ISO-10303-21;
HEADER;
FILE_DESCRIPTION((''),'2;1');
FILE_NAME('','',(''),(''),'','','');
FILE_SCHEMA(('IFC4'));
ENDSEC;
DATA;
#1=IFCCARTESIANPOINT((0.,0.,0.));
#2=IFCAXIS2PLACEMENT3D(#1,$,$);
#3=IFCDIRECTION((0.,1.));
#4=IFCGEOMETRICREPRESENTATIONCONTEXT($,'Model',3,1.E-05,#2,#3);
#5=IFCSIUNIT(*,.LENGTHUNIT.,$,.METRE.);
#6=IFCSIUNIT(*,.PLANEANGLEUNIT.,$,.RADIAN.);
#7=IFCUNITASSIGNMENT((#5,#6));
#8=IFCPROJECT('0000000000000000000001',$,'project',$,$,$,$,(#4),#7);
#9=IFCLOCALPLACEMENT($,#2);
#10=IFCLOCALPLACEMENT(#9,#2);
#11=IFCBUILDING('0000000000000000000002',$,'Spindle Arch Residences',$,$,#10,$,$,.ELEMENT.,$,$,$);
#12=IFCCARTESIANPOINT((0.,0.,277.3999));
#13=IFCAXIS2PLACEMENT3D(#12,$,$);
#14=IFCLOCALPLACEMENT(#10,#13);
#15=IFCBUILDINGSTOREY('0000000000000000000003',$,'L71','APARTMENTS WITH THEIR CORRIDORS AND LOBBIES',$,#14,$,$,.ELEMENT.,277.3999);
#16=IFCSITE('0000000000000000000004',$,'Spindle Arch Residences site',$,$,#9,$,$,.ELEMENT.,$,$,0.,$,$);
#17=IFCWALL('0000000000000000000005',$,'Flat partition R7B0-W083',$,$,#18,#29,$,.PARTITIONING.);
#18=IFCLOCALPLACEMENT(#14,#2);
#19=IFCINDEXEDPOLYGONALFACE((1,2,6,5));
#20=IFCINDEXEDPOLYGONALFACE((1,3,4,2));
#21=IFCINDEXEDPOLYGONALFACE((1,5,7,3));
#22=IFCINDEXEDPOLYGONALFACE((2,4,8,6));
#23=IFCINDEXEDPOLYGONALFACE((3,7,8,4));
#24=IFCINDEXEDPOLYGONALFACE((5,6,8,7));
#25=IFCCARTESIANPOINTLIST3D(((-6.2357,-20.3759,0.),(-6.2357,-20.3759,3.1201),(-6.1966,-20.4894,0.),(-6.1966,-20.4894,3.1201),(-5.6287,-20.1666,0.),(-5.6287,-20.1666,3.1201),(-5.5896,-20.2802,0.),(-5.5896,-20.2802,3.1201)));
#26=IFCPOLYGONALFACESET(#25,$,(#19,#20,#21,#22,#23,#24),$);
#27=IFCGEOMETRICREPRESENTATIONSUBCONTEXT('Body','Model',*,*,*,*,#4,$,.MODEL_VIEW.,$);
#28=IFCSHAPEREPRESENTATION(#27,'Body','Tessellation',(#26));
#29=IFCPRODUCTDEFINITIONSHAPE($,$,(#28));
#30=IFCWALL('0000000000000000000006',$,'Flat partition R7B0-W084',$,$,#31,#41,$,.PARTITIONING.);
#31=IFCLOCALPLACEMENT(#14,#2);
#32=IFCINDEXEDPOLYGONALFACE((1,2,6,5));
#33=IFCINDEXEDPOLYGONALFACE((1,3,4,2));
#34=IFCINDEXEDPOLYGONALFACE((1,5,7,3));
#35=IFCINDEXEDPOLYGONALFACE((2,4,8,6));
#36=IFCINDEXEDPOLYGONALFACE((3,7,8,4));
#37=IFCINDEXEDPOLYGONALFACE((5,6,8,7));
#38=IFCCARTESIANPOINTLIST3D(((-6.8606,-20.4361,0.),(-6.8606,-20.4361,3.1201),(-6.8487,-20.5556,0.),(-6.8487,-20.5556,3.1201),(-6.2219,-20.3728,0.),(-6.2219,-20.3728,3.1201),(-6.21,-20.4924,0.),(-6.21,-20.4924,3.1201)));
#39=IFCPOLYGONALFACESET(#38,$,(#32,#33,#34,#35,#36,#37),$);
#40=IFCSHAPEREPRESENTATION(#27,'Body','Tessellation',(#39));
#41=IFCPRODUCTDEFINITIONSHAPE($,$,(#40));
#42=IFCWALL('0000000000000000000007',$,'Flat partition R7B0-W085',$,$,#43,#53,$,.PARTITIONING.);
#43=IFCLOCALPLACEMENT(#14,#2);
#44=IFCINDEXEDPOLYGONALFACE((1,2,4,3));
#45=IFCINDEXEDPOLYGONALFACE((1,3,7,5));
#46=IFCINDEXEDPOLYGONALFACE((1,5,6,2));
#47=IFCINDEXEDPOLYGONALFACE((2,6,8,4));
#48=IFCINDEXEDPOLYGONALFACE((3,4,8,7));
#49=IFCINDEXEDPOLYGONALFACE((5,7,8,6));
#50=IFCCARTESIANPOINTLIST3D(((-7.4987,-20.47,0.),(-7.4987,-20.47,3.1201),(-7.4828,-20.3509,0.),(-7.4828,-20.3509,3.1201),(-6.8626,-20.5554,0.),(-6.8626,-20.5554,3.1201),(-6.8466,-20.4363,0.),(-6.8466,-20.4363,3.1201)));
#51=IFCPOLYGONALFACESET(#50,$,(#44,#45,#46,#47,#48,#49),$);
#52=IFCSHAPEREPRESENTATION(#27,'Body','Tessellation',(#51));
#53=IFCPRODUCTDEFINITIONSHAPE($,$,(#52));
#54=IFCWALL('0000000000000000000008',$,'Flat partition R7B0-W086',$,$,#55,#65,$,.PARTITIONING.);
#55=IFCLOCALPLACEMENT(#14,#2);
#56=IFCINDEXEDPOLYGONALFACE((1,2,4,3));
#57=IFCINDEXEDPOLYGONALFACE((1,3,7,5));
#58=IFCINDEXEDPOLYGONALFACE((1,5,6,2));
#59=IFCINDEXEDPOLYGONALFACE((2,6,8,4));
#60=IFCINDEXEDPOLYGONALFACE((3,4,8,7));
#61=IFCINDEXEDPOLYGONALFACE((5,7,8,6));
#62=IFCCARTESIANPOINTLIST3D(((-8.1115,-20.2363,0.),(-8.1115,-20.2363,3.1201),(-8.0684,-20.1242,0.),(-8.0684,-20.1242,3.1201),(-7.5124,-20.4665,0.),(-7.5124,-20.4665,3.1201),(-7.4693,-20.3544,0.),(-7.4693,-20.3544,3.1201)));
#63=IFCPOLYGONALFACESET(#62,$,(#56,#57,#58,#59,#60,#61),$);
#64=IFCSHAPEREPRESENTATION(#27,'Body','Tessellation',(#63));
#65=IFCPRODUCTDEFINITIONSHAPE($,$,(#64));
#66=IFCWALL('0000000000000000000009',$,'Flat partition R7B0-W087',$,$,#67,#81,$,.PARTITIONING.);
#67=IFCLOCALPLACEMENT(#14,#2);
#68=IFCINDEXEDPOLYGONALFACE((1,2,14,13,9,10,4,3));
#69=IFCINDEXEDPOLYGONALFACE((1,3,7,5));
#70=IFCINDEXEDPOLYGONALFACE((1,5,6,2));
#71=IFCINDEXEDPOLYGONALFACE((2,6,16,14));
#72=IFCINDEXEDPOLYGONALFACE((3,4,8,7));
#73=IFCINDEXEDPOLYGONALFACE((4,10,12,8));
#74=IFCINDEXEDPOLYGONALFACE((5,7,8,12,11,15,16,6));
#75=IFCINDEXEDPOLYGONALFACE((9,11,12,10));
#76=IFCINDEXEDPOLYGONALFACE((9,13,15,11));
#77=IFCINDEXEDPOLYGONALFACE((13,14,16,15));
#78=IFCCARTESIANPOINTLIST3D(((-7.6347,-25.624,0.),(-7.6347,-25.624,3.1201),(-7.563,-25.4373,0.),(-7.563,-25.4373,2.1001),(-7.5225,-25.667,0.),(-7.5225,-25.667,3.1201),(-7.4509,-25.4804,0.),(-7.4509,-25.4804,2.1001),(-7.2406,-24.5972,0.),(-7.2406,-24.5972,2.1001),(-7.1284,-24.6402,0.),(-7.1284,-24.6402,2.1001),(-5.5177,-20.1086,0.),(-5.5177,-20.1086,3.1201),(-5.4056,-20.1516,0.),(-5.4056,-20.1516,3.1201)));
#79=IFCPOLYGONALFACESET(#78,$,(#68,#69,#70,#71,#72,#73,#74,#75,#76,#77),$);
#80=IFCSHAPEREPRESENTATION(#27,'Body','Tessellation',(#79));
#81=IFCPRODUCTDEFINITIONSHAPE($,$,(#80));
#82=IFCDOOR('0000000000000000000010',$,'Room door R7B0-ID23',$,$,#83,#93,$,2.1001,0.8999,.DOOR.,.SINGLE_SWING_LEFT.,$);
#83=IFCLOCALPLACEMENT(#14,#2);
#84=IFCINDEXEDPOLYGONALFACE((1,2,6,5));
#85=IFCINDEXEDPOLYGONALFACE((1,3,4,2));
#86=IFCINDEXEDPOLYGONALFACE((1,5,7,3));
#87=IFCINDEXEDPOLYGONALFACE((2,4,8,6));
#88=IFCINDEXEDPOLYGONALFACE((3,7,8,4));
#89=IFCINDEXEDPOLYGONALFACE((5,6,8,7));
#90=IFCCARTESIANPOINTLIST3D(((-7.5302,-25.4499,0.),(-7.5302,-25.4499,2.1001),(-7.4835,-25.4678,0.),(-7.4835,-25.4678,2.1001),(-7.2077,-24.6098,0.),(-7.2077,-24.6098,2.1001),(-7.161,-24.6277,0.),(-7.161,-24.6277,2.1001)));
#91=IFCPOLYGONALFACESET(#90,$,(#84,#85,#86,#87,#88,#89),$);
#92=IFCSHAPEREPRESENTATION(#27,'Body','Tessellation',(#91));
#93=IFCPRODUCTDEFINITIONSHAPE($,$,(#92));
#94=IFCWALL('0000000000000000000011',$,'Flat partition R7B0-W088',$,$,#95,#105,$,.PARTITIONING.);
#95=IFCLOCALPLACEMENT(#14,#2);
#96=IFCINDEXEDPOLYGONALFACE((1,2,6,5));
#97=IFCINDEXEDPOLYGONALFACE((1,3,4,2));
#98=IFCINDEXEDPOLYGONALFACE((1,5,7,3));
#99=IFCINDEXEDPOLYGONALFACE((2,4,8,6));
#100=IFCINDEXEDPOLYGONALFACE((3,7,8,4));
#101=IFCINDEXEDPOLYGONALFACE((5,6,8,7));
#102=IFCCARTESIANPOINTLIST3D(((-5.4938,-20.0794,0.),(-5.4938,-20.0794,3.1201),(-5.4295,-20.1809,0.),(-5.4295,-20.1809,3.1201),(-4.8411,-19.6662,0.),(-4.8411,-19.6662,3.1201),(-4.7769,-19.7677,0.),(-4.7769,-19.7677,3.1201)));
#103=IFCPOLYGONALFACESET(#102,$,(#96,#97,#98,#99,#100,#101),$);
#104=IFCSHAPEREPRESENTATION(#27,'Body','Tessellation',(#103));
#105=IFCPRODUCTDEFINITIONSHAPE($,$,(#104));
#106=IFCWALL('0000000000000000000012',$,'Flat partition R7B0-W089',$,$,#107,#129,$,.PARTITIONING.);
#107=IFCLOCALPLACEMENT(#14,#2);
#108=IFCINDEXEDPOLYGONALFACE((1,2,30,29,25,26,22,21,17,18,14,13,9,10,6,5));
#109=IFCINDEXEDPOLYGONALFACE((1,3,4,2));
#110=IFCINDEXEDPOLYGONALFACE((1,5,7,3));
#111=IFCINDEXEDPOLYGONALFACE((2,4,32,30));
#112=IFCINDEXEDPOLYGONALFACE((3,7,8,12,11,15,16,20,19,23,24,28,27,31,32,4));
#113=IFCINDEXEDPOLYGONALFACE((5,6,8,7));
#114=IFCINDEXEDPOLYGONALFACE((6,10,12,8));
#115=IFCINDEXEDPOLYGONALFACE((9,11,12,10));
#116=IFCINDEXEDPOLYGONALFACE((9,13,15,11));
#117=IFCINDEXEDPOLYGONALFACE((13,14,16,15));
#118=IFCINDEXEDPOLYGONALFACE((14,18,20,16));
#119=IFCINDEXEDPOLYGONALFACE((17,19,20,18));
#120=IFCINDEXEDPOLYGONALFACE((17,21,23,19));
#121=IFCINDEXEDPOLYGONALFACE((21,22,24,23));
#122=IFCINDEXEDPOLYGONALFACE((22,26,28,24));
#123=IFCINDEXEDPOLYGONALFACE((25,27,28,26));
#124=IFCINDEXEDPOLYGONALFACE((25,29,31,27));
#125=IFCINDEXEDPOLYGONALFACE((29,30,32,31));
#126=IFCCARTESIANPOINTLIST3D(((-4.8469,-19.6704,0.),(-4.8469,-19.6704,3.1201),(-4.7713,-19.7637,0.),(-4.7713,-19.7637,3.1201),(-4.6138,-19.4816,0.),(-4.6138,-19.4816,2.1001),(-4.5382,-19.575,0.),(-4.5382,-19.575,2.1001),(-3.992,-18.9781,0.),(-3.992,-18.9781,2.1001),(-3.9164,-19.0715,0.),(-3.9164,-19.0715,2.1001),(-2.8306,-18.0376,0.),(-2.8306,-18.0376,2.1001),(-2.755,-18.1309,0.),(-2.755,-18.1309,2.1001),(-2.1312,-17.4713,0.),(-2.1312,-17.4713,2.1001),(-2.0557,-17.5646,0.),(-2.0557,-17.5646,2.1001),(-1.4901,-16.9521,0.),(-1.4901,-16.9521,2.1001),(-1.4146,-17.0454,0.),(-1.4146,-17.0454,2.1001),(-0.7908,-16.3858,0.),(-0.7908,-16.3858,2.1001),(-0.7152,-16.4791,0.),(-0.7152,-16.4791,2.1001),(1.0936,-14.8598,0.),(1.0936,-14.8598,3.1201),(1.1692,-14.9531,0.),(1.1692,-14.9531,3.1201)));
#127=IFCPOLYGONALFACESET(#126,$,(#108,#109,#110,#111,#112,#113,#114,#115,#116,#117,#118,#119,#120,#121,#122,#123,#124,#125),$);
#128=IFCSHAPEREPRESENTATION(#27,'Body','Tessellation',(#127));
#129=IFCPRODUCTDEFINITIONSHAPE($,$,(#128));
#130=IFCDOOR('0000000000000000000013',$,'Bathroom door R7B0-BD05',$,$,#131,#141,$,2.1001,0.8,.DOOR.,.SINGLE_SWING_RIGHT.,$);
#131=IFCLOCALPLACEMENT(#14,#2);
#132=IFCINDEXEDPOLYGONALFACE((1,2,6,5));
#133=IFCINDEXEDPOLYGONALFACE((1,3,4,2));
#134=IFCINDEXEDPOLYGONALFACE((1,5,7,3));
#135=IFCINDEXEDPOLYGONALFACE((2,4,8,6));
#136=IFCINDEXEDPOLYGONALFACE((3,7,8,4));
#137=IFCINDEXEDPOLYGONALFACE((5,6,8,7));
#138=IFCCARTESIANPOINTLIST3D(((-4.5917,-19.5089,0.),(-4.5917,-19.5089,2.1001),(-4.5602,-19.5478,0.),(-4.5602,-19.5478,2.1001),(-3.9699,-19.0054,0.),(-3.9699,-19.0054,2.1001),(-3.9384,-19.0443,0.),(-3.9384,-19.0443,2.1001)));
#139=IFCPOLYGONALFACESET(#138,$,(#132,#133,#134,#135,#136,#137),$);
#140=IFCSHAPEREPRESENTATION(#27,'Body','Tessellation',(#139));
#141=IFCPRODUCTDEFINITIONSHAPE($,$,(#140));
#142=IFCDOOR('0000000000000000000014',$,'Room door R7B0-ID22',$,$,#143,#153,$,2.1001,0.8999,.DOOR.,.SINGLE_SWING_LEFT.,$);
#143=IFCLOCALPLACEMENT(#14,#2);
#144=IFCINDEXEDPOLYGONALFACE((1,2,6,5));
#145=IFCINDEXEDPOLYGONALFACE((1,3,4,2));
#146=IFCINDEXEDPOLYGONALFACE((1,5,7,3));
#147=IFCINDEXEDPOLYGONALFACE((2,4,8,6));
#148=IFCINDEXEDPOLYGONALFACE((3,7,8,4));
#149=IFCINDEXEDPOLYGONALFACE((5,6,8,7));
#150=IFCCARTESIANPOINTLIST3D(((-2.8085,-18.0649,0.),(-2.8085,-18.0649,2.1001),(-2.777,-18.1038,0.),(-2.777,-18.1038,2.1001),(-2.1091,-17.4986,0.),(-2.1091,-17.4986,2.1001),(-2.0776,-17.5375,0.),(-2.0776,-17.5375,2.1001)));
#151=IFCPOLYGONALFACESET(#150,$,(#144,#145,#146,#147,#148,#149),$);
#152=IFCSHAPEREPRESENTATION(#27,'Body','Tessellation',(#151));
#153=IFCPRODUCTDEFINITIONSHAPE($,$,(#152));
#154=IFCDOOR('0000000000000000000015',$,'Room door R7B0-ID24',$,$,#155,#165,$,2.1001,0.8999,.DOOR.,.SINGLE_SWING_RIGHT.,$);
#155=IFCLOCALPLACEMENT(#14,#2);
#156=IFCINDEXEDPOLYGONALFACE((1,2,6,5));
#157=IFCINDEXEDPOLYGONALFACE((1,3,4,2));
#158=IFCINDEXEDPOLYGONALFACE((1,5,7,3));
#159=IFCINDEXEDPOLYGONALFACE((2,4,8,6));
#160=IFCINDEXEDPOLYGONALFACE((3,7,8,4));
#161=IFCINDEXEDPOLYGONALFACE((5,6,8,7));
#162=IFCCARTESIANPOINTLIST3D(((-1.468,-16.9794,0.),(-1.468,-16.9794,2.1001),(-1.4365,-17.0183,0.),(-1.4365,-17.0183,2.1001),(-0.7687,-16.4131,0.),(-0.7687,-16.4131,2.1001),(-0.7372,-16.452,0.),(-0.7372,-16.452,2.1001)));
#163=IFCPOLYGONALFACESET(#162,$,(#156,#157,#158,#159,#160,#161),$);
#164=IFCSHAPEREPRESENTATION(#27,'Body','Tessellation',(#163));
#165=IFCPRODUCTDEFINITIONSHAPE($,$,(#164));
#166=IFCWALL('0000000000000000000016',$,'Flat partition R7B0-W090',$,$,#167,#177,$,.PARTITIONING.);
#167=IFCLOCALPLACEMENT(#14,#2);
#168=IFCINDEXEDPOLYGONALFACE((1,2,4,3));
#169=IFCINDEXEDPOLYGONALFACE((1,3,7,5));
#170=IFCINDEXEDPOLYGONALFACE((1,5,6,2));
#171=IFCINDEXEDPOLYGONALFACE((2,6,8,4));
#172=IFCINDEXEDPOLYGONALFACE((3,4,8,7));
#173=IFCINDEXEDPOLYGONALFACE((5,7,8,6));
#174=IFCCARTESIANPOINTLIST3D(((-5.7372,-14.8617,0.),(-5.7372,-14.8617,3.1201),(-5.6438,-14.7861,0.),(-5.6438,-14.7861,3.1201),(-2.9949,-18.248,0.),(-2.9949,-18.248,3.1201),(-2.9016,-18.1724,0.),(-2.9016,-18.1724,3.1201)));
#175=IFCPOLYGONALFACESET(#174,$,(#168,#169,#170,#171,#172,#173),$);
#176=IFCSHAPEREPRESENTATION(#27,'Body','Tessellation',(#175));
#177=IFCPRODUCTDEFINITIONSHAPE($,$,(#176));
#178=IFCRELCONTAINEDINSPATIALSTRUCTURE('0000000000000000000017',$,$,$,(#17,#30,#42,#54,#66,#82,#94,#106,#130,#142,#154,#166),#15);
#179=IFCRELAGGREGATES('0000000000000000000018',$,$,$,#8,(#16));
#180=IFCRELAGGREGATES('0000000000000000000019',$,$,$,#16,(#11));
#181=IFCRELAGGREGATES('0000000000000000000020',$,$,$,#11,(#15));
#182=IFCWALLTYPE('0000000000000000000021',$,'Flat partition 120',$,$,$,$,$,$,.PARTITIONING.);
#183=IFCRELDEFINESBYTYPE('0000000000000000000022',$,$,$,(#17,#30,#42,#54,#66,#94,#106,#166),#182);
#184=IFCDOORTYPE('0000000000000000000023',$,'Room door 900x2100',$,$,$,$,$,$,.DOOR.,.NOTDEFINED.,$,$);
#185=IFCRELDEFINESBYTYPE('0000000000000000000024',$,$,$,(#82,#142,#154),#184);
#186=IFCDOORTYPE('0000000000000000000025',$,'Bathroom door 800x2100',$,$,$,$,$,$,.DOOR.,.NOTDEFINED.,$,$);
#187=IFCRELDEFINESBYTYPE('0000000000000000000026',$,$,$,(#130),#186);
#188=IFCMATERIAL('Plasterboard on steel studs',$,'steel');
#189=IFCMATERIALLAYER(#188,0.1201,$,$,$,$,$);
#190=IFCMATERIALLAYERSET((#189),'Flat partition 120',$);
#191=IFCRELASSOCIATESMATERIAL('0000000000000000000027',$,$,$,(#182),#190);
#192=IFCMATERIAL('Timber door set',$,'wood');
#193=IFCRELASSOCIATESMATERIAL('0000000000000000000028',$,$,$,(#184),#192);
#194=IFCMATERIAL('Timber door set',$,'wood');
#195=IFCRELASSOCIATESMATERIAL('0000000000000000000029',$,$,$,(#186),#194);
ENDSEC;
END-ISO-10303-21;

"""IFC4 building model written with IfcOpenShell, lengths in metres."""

from ifc_helpers import new_model, si_unit, direction, frame, frame_2d, origin, place, context, subcontext, project, spatial, rectangle, extrude, material, layer, layer_set, type_object, element, fill, save


model = new_model("IFC4")

# Units and contexts
model_context = context("Model", 3, precision=1e-05, world=origin(), true_north=direction((0.0, 1.0)))
body_context = subcontext(model_context, "Body", "Model", "MODEL_VIEW")
ifc_project = project(units=[si_unit("LENGTHUNIT", "METRE"), si_unit("PLANEANGLEUNIT", "RADIAN")], contexts=[model_context])

# Site, building, storey
site_placement = place(None, origin())
site = spatial("IfcSite", under=ifc_project, at=site_placement, Name="Spindle Arch Residences site", CompositionType="ELEMENT", RefElevation=0.0)
building_placement = place(site_placement, origin())
building = spatial("IfcBuilding", under=site, at=building_placement, Name="Spindle Arch Residences", CompositionType="ELEMENT")
storey_placement = place(building_placement, frame((0.0, 0.0, 277.3999)))
storey = spatial("IfcBuildingStorey", under=building, at=storey_placement, Name="L71", Description="APARTMENTS WITH THEIR CORRIDORS AND LOBBIES", CompositionType="ELEMENT", Elevation=277.3999)

# Walls
ifc_material_1 = material(Name="Plasterboard on steel studs", Category="steel")
ifc_layer_1 = layer(ifc_material_1, 0.1201)
ifc_layer_set_1 = layer_set([ifc_layer_1], Name="Flat partition 120")
wall_type = type_object("IfcWallType", Name="Flat partition 120", PredefinedType="PARTITIONING", material=ifc_layer_set_1)
wall_1_placement = place(storey_placement, frame((-5.6091, -20.2234, 0.0), z_axis=(0.0, 0.0, 1.0), x_axis=(-0.945401, -0.325909, 0.0)))
element("IfcWall", 1, at=wall_1_placement, inside=storey, type_object=wall_type, Name="Flat partition R7B0-W083", PredefinedType="PARTITIONING", context=body_context, shape_type="SweptSolid", body=[
    extrude(rectangle(XDim=0.6421, YDim=0.1201, at=frame_2d((0.321, 0.0))), origin(), (0.0, 0.0, 1.0), 3.1201),
])
for number, where, z_axis, x_axis, name in (
    (2, (-6.2161, -20.4326, 0.0), (0.0, 0.0, 1.0), (-0.995135, -0.098524, 0.0), "Flat partition R7B0-W084"),
    (3, (-6.8547, -20.4958, 0.0), (0.0, 0.0, 1.0), (-0.991101, 0.13311, 0.0), "Flat partition R7B0-W085"),
    (4, (-7.491, -20.4104, 0.0), (0.0, 0.0, 1.0), (-0.933453, 0.358699, 0.0), "Flat partition R7B0-W086"),
):
    element("IfcWall", number, at=place(storey_placement, frame(where, z_axis=z_axis, x_axis=x_axis)), inside=storey, type_object=wall_type, Name=name, PredefinedType="PARTITIONING", context=body_context, shape_type="SweptSolid", body=[
        extrude(rectangle(XDim=0.6418, YDim=0.1201, at=frame_2d((0.3208, 0.0))), origin(), (0.0, 0.0, 1.0), 3.1201),
    ])

# Wall, opening, door
wall_2_placement = place(storey_placement, frame((-7.5786, -25.6455, 0.0), z_axis=(0.0, 0.0, 1.0), x_axis=(0.358337, 0.933592, 0.0)))
wall_2 = element("IfcWall", 5, at=wall_2_placement, inside=storey, type_object=wall_type, Name="Flat partition R7B0-W087", PredefinedType="PARTITIONING", context=body_context, shape_type="SweptSolid", body=[
    extrude(rectangle(XDim=5.9077, YDim=0.1201, at=frame_2d((2.9539, 0.0))), origin(), (0.0, 0.0, 1.0), 3.1201),
])
opening_1_placement = place(wall_2_placement, frame((0.2, 0.0, 0.0)))
opening_1 = element("IfcOpeningElement", 6, at=opening_1_placement, cuts=wall_2, PredefinedType="OPENING", context=body_context, shape_type="SweptSolid", body=[
    extrude(rectangle(XDim=0.8999, YDim=2.1001, at=frame_2d((0.45, 1.05))), frame((0.0, 0.0701, 0.0), z_axis=(0.0, -1.0, 0.0), x_axis=(1.0, 0.0, 0.0)), (0.0, 0.0, 1.0), 0.1401),
])
ifc_material_2 = material(Name="Timber door set", Category="wood")
door_type_1 = type_object("IfcDoorType", Name="Room door 900x2100", OperationType="NOTDEFINED", PredefinedType="DOOR", material=ifc_material_2)
door_1_placement = place(opening_1_placement, origin())
door_1 = element("IfcDoor", 7, at=door_1_placement, inside=storey, type_object=door_type_1, Name="Room door R7B0-ID23", OperationType="SINGLE_SWING_LEFT", OverallHeight=2.1001, OverallWidth=0.8999, PredefinedType="DOOR", context=body_context, shape_type="SweptSolid", body=[
    extrude(rectangle(XDim=0.8999, YDim=2.1001, at=frame_2d((0.45, 1.05))), frame((0.0, 0.0249, 0.0), z_axis=(0.0, -1.0, 0.0), x_axis=(1.0, 0.0, 0.0)), (0.0, 0.0, 1.0), 0.05),
])
fill(opening_1, door_1)

# Wall
wall_3_placement = place(storey_placement, frame((-5.4617, -20.1301, 0.0), z_axis=(0.0, 0.0, 1.0), x_axis=(0.844948, 0.534849, 0.0)))
element("IfcWall", 8, at=wall_3_placement, inside=storey, type_object=wall_type, Name="Flat partition R7B0-W088", PredefinedType="PARTITIONING", context=body_context, shape_type="SweptSolid", body=[
    extrude(rectangle(XDim=0.7725, YDim=0.1201, at=frame_2d((0.3862, 0.0))), origin(), (0.0, 0.0, 1.0), 3.1201),
])

# Wall, openings, doors
wall_4_placement = place(storey_placement, frame((-4.8091, -19.717, 0.0), z_axis=(0.0, 0.0, 1.0), x_axis=(0.777141, 0.629327, 0.0)))
wall_4 = element("IfcWall", 9, at=wall_4_placement, inside=storey, type_object=wall_type, Name="Flat partition R7B0-W089", PredefinedType="PARTITIONING", context=body_context, shape_type="SweptSolid", body=[
    extrude(rectangle(XDim=7.644, YDim=0.1201, at=frame_2d((3.822, 0.0))), origin(), (0.0, 0.0, 1.0), 3.1201),
])
opening_2_placement = place(wall_4_placement, frame((2.5945, 0.0, 0.0)))
opening_2 = element("IfcOpeningElement", 10, at=opening_2_placement, cuts=wall_4, PredefinedType="OPENING", context=body_context, shape_type="SweptSolid", body=[
    extrude(rectangle(XDim=0.8999, YDim=2.1001, at=frame_2d((0.45, 1.05))), frame((0.0, 0.0701, 0.0), z_axis=(0.0, -1.0, 0.0), x_axis=(1.0, 0.0, 0.0)), (0.0, 0.0, 1.0), 0.1401),
])
opening_3_placement = place(wall_4_placement, frame((0.3, 0.0, 0.0)))
opening_3 = element("IfcOpeningElement", 11, at=opening_3_placement, cuts=wall_4, PredefinedType="OPENING", context=body_context, shape_type="SweptSolid", body=[
    extrude(rectangle(XDim=0.8, YDim=2.1001, at=frame_2d((0.3999, 1.05))), frame((0.0, 0.0701, 0.0), z_axis=(0.0, -1.0, 0.0), x_axis=(1.0, 0.0, 0.0)), (0.0, 0.0, 1.0), 0.1401),
])
opening_4_placement = place(wall_4_placement, frame((4.3193, 0.0, 0.0)))
opening_4 = element("IfcOpeningElement", 12, at=opening_4_placement, cuts=wall_4, PredefinedType="OPENING", context=body_context, shape_type="SweptSolid", body=[
    extrude(rectangle(XDim=0.8999, YDim=2.1001, at=frame_2d((0.45, 1.05))), frame((0.0, 0.0701, 0.0), z_axis=(0.0, -1.0, 0.0), x_axis=(1.0, 0.0, 0.0)), (0.0, 0.0, 1.0), 0.1401),
])
ifc_material_3 = material(Name="Timber door set", Category="wood")
door_type_2 = type_object("IfcDoorType", Name="Bathroom door 800x2100", OperationType="NOTDEFINED", PredefinedType="DOOR", material=ifc_material_3)
door_2_placement = place(opening_3_placement, origin())
door_2 = element("IfcDoor", 13, at=door_2_placement, inside=storey, type_object=door_type_2, Name="Bathroom door R7B0-BD05", OperationType="SINGLE_SWING_RIGHT", OverallHeight=2.1001, OverallWidth=0.8, PredefinedType="DOOR", context=body_context, shape_type="SweptSolid", body=[
    extrude(rectangle(XDim=0.8, YDim=2.1001, at=frame_2d((0.3999, 1.05))), frame((0.0, 0.0249, 0.0), z_axis=(0.0, -1.0, 0.0), x_axis=(1.0, 0.0, 0.0)), (0.0, 0.0, 1.0), 0.05),
])
fill(opening_3, door_2)
door_3_placement = place(opening_2_placement, origin())
door_3 = element("IfcDoor", 14, at=door_3_placement, inside=storey, type_object=door_type_1, Name="Room door R7B0-ID22", OperationType="SINGLE_SWING_LEFT", OverallHeight=2.1001, OverallWidth=0.8999, PredefinedType="DOOR", context=body_context, shape_type="SweptSolid", body=[
    extrude(rectangle(XDim=0.8999, YDim=2.1001, at=frame_2d((0.45, 1.05))), frame((0.0, 0.0249, 0.0), z_axis=(0.0, -1.0, 0.0), x_axis=(1.0, 0.0, 0.0)), (0.0, 0.0, 1.0), 0.05),
])
fill(opening_2, door_3)
door_4_placement = place(opening_4_placement, origin())
door_4 = element("IfcDoor", 15, at=door_4_placement, inside=storey, type_object=door_type_1, Name="Room door R7B0-ID24", OperationType="SINGLE_SWING_RIGHT", OverallHeight=2.1001, OverallWidth=0.8999, PredefinedType="DOOR", context=body_context, shape_type="SweptSolid", body=[
    extrude(rectangle(XDim=0.8999, YDim=2.1001, at=frame_2d((0.45, 1.05))), frame((0.0, 0.0249, 0.0), z_axis=(0.0, -1.0, 0.0), x_axis=(1.0, 0.0, 0.0)), (0.0, 0.0, 1.0), 0.05),
])
fill(opening_4, door_4)

# Wall
wall_5_placement = place(storey_placement, frame((-2.9482, -18.2102, 0.0), z_axis=(0.0, 0.0, 1.0), x_axis=(-0.62933, 0.777138, 0.0)))
element("IfcWall", 16, at=wall_5_placement, inside=storey, type_object=wall_type, Name="Flat partition R7B0-W090", PredefinedType="PARTITIONING", context=body_context, shape_type="SweptSolid", body=[
    extrude(rectangle(XDim=4.3574, YDim=0.1201, at=frame_2d((2.1787, 0.0))), origin(), (0.0, 0.0, 1.0), 3.1201),
])

save(model, "model.ifc")
